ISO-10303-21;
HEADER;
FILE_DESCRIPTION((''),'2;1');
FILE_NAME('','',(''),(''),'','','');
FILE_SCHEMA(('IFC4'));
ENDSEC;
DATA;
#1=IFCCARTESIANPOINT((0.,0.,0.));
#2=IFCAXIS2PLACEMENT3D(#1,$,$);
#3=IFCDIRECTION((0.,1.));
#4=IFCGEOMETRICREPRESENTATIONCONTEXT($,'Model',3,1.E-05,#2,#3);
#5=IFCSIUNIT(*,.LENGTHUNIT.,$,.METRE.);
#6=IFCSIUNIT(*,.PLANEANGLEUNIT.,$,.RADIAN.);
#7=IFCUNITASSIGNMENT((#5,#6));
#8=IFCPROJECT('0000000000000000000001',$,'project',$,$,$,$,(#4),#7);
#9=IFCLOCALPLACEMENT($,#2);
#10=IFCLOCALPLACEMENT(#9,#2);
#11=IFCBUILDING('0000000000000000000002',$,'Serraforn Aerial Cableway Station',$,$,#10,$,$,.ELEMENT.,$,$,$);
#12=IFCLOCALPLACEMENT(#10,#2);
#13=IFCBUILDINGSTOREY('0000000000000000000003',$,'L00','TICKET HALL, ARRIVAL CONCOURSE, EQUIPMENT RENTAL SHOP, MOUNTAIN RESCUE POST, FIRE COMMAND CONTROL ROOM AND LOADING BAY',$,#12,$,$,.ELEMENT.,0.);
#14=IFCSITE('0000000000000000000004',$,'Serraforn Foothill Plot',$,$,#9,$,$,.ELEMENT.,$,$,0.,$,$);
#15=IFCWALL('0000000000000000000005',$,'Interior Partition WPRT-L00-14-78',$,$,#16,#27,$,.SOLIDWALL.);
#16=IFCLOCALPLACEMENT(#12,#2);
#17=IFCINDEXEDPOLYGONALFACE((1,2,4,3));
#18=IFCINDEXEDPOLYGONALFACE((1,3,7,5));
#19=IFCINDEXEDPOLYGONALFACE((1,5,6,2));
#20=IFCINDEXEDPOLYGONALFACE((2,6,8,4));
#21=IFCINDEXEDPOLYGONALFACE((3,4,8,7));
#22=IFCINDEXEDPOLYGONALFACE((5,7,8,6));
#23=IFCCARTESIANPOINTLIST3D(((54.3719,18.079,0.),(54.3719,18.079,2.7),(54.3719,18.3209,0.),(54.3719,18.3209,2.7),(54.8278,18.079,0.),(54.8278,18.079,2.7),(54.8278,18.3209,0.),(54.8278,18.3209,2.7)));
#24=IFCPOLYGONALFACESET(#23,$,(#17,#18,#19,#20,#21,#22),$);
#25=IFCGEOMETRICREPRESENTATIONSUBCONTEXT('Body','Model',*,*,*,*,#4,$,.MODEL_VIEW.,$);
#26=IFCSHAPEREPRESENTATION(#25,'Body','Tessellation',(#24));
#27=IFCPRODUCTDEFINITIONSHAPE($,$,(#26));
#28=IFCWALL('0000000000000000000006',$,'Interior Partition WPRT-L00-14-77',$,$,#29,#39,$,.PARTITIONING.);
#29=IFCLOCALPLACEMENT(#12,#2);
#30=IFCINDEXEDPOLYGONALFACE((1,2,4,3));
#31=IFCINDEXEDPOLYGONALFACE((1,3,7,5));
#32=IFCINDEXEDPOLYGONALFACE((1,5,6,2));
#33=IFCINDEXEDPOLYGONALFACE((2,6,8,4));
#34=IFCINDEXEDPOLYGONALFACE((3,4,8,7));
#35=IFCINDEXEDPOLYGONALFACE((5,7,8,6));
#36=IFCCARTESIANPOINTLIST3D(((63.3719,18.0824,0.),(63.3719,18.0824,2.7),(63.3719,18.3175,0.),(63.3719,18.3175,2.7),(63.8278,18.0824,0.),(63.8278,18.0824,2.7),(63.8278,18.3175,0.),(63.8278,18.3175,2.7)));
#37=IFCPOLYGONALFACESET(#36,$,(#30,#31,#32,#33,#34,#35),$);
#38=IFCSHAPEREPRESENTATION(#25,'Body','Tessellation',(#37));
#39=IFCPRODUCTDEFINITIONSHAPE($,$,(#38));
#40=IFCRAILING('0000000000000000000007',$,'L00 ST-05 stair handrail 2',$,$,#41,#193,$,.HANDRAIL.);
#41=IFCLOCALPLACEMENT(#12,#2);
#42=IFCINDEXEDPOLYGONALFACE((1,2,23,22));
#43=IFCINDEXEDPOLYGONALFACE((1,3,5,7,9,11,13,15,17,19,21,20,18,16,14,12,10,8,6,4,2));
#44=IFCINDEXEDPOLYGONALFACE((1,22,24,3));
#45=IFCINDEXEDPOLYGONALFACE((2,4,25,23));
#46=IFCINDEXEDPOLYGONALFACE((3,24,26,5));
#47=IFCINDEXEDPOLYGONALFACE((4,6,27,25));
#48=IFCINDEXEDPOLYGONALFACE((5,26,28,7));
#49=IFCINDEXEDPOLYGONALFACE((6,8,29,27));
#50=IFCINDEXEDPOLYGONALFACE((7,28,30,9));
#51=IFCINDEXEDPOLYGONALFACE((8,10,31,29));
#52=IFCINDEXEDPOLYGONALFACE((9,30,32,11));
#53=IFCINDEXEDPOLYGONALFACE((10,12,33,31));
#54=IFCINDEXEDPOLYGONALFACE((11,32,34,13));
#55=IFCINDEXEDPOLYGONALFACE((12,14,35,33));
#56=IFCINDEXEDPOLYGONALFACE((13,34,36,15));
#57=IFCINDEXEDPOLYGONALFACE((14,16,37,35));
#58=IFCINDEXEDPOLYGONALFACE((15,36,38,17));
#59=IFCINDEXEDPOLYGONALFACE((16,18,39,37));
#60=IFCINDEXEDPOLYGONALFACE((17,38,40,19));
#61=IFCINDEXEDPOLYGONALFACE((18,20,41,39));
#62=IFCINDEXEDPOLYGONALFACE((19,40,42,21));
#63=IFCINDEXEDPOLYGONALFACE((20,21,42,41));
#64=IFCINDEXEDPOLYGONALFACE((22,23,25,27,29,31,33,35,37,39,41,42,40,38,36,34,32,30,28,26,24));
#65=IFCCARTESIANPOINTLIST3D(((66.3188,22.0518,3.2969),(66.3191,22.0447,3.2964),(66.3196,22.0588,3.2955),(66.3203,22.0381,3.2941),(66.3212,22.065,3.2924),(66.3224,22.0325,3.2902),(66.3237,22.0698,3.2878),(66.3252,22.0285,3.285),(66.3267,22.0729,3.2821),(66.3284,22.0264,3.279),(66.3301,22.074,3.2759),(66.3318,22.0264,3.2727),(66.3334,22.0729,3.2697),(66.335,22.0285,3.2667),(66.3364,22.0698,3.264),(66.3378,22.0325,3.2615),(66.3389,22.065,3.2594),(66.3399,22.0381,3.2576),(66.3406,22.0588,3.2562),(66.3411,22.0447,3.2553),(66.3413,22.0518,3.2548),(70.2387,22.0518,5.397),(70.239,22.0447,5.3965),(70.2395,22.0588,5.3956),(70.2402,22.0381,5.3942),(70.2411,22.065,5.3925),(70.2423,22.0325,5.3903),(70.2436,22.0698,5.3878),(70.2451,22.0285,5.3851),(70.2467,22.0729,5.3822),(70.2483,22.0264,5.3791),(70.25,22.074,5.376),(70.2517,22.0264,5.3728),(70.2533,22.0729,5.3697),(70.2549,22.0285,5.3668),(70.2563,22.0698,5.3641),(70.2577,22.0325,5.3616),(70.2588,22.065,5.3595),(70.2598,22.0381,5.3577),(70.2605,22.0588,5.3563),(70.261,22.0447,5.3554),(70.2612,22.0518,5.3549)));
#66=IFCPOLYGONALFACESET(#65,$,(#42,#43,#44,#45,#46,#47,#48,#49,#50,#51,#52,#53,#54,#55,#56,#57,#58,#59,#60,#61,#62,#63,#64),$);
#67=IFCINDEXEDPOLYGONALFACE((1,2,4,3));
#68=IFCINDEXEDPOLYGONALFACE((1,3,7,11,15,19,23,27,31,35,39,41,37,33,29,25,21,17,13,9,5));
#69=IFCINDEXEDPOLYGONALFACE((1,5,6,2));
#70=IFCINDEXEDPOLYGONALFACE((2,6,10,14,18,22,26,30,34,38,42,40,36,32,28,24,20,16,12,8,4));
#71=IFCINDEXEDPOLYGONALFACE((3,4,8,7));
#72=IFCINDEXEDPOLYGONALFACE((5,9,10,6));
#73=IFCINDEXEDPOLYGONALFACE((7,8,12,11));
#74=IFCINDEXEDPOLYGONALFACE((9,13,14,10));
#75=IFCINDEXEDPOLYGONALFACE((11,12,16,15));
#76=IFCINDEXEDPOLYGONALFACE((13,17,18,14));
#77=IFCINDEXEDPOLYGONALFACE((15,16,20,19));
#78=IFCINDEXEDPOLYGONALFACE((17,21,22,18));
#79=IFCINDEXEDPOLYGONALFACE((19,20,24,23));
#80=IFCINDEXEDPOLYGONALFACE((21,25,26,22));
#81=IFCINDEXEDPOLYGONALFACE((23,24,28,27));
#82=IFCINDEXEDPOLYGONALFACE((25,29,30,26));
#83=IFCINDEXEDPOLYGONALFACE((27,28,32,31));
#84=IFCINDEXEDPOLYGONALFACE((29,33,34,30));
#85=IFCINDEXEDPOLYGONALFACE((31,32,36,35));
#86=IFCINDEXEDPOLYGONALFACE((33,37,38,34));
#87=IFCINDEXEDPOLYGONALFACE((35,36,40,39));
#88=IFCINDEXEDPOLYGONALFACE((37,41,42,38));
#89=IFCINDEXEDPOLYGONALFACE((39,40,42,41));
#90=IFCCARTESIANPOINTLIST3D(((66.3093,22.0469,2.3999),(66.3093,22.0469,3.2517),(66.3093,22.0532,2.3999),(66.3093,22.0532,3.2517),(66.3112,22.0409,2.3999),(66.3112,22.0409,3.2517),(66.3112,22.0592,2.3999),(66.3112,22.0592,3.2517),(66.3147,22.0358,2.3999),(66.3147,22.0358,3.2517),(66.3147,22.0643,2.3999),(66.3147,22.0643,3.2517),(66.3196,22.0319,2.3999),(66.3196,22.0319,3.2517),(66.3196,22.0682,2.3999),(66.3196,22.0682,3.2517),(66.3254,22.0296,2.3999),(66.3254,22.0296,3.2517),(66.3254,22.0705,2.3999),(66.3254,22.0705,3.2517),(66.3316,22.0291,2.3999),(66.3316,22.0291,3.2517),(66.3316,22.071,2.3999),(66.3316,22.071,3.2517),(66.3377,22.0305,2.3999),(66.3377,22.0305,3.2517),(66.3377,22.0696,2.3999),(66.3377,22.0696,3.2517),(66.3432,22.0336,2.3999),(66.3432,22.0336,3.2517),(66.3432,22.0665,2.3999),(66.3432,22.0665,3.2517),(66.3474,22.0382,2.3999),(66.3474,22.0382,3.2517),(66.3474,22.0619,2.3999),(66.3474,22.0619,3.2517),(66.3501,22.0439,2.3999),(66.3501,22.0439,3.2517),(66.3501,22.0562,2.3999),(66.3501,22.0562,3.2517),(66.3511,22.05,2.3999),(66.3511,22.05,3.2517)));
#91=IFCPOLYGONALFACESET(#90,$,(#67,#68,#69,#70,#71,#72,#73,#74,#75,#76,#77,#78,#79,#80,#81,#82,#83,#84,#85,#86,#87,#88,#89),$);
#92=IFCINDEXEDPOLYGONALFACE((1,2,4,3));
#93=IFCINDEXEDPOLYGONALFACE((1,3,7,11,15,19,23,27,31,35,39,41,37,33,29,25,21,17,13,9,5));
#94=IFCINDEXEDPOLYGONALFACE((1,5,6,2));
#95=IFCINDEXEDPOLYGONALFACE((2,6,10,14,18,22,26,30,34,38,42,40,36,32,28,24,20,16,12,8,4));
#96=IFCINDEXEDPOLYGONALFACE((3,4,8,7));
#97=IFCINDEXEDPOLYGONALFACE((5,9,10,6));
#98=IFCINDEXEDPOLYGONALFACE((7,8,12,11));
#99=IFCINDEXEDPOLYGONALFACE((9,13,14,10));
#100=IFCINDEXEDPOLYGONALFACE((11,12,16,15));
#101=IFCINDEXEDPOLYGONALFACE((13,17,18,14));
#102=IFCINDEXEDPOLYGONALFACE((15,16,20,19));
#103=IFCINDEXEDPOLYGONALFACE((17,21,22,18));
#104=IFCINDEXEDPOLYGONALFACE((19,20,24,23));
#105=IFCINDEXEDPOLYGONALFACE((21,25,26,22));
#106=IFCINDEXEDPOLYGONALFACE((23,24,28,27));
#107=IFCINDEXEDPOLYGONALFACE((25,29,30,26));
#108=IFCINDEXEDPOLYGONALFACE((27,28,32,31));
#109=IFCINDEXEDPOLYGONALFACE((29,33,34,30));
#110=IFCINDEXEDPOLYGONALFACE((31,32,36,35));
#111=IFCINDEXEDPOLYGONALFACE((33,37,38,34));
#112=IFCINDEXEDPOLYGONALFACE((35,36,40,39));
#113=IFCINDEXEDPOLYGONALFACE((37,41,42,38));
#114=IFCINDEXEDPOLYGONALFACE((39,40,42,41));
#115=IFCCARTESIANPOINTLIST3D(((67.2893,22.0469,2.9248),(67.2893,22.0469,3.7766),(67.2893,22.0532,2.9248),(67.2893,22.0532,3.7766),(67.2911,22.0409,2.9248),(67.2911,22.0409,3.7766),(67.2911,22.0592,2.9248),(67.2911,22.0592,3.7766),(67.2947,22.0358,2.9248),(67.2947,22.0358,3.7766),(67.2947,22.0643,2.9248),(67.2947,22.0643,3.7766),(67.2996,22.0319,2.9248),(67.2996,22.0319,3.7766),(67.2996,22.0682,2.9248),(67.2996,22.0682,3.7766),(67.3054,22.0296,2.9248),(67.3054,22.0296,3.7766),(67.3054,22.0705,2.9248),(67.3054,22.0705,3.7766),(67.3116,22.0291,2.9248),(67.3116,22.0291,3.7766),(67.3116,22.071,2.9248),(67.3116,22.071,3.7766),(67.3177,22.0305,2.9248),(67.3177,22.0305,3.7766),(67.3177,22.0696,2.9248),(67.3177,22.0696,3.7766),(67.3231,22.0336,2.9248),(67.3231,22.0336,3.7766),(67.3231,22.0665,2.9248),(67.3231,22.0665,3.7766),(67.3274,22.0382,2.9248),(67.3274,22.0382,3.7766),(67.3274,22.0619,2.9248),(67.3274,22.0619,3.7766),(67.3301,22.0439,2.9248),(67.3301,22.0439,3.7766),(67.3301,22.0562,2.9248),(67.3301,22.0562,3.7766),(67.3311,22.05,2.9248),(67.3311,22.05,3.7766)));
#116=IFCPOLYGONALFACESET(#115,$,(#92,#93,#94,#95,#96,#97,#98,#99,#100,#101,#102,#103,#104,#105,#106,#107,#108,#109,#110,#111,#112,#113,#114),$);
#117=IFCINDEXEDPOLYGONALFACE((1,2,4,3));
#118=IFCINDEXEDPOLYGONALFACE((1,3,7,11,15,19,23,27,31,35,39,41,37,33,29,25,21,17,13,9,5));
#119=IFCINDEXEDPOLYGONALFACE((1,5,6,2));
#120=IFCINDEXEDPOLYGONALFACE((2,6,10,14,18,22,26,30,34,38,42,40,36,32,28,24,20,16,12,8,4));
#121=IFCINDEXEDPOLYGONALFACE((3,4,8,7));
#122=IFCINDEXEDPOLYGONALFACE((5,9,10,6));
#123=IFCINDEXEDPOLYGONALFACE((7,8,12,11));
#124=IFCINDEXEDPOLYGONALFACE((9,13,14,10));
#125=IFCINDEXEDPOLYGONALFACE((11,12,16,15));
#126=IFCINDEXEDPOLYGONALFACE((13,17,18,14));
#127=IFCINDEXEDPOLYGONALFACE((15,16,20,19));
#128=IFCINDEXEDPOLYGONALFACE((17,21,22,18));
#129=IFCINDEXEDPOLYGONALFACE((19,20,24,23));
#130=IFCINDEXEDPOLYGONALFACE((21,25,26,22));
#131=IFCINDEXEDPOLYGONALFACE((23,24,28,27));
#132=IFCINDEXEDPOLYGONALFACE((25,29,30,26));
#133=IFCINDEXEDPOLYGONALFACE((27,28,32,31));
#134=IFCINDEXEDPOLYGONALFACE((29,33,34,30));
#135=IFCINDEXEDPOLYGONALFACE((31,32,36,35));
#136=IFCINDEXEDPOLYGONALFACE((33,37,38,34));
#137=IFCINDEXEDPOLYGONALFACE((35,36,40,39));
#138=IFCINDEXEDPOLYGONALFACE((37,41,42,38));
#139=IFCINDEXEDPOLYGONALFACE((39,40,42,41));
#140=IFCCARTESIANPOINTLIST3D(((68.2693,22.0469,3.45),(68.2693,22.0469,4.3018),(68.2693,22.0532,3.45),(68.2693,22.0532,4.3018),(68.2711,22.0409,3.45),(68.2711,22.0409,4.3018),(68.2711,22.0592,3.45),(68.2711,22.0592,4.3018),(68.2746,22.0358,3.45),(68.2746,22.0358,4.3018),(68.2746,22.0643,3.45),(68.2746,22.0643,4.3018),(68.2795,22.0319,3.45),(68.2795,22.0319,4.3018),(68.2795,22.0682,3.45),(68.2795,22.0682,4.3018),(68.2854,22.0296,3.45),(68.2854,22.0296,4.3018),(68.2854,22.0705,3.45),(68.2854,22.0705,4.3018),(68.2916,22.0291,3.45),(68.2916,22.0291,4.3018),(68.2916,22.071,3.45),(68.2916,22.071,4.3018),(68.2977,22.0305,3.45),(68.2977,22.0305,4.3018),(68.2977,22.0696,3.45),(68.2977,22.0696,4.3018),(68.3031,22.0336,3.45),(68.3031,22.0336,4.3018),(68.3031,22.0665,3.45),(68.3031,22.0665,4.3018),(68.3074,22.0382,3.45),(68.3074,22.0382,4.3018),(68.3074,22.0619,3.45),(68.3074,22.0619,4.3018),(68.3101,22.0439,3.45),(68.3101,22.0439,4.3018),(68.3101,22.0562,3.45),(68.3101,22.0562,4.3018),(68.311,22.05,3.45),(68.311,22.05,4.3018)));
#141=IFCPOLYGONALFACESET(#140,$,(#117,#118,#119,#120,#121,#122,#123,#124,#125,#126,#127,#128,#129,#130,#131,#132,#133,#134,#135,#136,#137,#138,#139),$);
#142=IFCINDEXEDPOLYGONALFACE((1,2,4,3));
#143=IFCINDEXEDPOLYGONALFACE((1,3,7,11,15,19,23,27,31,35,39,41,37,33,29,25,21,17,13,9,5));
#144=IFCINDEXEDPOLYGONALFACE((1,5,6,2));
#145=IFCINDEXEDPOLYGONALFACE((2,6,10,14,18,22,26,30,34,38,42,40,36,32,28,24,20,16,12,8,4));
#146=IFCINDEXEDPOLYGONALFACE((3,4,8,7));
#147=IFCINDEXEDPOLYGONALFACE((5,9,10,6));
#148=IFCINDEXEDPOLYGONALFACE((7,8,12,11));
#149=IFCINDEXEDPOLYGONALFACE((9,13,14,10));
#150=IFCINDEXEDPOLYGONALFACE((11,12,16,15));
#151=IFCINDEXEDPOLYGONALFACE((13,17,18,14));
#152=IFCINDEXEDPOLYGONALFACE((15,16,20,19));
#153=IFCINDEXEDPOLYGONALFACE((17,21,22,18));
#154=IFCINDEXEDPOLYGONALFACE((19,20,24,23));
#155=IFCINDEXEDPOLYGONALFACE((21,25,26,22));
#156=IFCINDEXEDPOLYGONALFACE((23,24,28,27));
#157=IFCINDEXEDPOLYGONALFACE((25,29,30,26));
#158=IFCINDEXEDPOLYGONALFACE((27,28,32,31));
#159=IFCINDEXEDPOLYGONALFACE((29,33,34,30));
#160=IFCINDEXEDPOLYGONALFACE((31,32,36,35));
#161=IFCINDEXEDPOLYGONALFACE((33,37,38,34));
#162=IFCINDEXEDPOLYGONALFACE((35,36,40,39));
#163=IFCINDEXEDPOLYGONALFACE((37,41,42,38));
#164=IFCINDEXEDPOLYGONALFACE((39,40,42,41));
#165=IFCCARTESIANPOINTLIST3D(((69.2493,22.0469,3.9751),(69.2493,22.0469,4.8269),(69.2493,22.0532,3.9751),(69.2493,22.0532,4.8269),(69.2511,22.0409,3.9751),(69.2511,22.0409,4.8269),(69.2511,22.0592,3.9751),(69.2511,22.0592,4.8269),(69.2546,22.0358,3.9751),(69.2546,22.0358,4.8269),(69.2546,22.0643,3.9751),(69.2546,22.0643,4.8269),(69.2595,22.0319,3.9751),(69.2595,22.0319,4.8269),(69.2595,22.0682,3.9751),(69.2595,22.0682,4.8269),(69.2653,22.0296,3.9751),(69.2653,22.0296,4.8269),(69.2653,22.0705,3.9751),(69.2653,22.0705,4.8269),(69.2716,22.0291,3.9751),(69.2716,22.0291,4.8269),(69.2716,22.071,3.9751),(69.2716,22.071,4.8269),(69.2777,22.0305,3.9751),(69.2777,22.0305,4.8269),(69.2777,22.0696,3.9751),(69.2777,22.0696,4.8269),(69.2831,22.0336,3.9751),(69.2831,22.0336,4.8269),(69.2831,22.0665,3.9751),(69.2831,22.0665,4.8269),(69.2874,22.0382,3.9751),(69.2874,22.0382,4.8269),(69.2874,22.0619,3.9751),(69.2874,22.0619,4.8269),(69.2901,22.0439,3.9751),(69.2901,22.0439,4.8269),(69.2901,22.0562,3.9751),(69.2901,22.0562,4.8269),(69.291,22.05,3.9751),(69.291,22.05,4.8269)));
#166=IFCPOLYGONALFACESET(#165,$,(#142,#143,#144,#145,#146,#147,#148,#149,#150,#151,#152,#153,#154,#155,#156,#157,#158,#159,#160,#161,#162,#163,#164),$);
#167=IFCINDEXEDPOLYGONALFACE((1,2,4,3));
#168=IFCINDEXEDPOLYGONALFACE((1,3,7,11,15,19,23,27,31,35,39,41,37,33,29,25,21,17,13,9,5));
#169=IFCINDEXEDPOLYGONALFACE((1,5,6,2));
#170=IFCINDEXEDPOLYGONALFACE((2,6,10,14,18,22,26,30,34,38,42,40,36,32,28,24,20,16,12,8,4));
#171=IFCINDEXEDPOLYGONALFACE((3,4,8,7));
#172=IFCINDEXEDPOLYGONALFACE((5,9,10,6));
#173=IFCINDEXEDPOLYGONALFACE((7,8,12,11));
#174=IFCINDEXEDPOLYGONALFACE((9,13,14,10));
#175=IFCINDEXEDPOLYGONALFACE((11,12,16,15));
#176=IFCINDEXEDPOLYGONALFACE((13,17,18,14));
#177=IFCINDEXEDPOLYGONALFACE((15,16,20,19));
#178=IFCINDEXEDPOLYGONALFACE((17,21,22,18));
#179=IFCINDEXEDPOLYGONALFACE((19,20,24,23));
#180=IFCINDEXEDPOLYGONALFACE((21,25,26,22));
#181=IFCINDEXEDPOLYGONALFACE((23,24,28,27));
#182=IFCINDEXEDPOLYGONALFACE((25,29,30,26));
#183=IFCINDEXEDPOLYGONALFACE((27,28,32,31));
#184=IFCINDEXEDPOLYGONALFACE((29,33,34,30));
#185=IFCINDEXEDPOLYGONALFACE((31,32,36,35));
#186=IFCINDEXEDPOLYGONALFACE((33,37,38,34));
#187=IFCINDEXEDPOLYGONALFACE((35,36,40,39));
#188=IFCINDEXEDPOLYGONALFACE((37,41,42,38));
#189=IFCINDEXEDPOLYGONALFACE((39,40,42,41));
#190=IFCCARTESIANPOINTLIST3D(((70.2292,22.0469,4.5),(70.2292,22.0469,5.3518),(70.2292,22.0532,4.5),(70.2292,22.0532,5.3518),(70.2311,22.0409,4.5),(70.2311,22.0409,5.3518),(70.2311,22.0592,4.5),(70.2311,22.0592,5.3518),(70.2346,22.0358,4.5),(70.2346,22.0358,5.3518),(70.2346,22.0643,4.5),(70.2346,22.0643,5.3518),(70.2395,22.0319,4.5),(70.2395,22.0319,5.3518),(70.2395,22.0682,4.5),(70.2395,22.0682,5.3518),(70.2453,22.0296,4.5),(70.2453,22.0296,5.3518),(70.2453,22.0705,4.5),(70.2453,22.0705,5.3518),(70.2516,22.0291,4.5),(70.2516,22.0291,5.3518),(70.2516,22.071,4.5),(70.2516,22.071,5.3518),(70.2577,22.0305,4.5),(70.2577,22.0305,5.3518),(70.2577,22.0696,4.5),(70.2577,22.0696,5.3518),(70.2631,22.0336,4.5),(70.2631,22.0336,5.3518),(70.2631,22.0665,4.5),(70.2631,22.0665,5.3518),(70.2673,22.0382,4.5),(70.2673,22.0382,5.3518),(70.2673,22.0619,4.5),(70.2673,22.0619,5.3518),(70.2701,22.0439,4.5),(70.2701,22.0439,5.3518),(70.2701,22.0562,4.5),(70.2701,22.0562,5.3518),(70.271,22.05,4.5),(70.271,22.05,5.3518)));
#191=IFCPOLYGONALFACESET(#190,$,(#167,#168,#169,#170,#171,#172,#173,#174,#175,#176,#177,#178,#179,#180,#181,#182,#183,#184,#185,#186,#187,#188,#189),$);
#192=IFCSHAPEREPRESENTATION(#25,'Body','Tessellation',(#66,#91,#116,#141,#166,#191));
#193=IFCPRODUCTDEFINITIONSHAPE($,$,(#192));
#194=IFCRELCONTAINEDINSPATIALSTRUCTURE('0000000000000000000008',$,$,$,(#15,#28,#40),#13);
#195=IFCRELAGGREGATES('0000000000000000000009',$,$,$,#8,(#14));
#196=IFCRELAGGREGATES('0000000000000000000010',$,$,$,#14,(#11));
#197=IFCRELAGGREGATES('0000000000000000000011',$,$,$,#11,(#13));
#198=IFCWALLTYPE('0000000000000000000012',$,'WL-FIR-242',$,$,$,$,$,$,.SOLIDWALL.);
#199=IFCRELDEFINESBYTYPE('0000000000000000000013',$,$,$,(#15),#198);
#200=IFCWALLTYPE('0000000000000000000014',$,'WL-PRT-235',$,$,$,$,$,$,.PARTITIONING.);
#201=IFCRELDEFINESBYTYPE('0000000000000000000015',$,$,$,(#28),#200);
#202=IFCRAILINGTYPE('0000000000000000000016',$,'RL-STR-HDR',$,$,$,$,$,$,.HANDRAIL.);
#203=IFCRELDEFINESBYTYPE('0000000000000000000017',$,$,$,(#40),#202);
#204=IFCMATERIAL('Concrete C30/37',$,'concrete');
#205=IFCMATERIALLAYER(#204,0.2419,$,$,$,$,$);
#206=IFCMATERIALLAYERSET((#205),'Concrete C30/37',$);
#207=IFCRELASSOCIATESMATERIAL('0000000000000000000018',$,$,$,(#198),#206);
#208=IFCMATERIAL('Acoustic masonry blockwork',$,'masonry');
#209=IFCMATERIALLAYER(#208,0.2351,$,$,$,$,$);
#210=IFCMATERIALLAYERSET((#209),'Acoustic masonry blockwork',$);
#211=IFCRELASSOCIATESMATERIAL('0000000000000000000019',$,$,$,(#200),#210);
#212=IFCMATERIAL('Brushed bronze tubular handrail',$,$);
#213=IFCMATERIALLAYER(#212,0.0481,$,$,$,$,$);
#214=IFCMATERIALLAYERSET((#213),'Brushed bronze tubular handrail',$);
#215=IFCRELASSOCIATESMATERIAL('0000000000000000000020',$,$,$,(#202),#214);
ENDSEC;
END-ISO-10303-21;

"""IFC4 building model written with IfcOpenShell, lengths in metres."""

from ifc_helpers import new_model, si_unit, direction, frame, frame_2d, origin, origin_2d, place, context, subcontext, project, spatial, rectangle, circle, extrude, material, layer, layer_set, type_object, element, save


model = new_model("IFC4")

# Units and contexts
model_context = context("Model", 3, precision=1e-05, world=origin(), true_north=direction((0.0, 1.0)))
body_context = subcontext(model_context, "Body", "Model", "MODEL_VIEW")
ifc_project = project(units=[si_unit("LENGTHUNIT", "METRE"), si_unit("PLANEANGLEUNIT", "RADIAN")], contexts=[model_context])

# Site, building, storey
site_placement = place(None, origin())
site = spatial("IfcSite", under=ifc_project, at=site_placement, Name="Serraforn Foothill Plot", CompositionType="ELEMENT", RefElevation=0.0)
building_placement = place(site_placement, origin())
building = spatial("IfcBuilding", under=site, at=building_placement, Name="Serraforn Aerial Cableway Station", CompositionType="ELEMENT")
storey_placement = place(building_placement, origin())
storey = spatial("IfcBuildingStorey", under=building, at=storey_placement, Name="L00", Description="TICKET HALL, ARRIVAL CONCOURSE, EQUIPMENT RENTAL SHOP, MOUNTAIN RESCUE POST, FIRE COMMAND CONTROL ROOM AND LOADING BAY", CompositionType="ELEMENT", Elevation=0.0)

# Walls
ifc_material_1 = material(Name="Concrete C30/37", Category="concrete")
ifc_layer_1 = layer(ifc_material_1, 0.2419)
ifc_layer_set_1 = layer_set([ifc_layer_1], Name="Concrete C30/37")
wall_type_1 = type_object("IfcWallType", Name="WL-FIR-242", PredefinedType="SOLIDWALL", material=ifc_layer_set_1)
wall_1_placement = place(storey_placement, frame((54.8279, 18.2, 0.0), z_axis=(0.0, 0.0, 1.0), x_axis=(-1.0, 0.0, 0.0)))
element("IfcWall", 1, at=wall_1_placement, inside=storey, type_object=wall_type_1, Name="Interior Partition WPRT-L00-14-78", PredefinedType="SOLIDWALL", context=body_context, shape_type="SweptSolid", body=[
    extrude(rectangle(XDim=0.4558, YDim=0.2419, at=frame_2d((0.228, 0.0))), origin(), (0.0, 0.0, 1.0), 2.7),
])
ifc_material_2 = material(Name="Acoustic masonry blockwork", Category="masonry")
ifc_layer_2 = layer(ifc_material_2, 0.2351)
ifc_layer_set_2 = layer_set([ifc_layer_2], Name="Acoustic masonry blockwork")
wall_type_2 = type_object("IfcWallType", Name="WL-PRT-235", PredefinedType="PARTITIONING", material=ifc_layer_set_2)
wall_2_placement = place(storey_placement, frame((63.8279, 18.2, 0.0), z_axis=(0.0, 0.0, 1.0), x_axis=(-1.0, 0.0, 0.0)))
element("IfcWall", 2, at=wall_2_placement, inside=storey, type_object=wall_type_2, Name="Interior Partition WPRT-L00-14-77", PredefinedType="PARTITIONING", context=body_context, shape_type="SweptSolid", body=[
    extrude(rectangle(XDim=0.4558, YDim=0.2351, at=frame_2d((0.228, 0.0))), origin(), (0.0, 0.0, 1.0), 2.7),
])

# Railing
ifc_material_3 = material(Name="Brushed bronze tubular handrail")
ifc_layer_3 = layer(ifc_material_3, 0.0481)
ifc_layer_set_3 = layer_set([ifc_layer_3], Name="Brushed bronze tubular handrail")
railing_type = type_object("IfcRailingType", Name="RL-STR-HDR", PredefinedType="HANDRAIL", material=ifc_layer_set_3)
railing_placement = place(storey_placement, frame((66.3301, 22.05, 2.3999)))
element("IfcRailing", 3, at=railing_placement, inside=storey, type_object=railing_type, Name="L00 ST-05 stair handrail 2", PredefinedType="HANDRAIL", context=body_context, shape_type="SweptSolid", body=[
    extrude(circle(Radius=0.0239, at=origin_2d()), frame((0.0, 0.0, 0.876), z_axis=(0.881467, 0.0, 0.472246), x_axis=(0.0, 1.0, 0.0)), (0.0, 0.0, 1.0), 4.447),
    extrude(circle(Radius=0.021, at=origin_2d()), origin(), (0.0, 0.0, 1.0), 0.8518),
    extrude(circle(Radius=0.021, at=origin_2d()), frame((0.98, 0.0, 0.5249)), (0.0, 0.0, 1.0), 0.8518),
    extrude(circle(Radius=0.021, at=origin_2d()), frame((1.96, 0.0, 1.05)), (0.0, 0.0, 1.0), 0.8518),
    extrude(circle(Radius=0.021, at=origin_2d()), frame((2.9399, 0.0, 1.5752)), (0.0, 0.0, 1.0), 0.8518),
    extrude(circle(Radius=0.021, at=origin_2d()), frame((3.9199, 0.0, 2.1001)), (0.0, 0.0, 1.0), 0.8518),
])

save(model, "model.ifc")
